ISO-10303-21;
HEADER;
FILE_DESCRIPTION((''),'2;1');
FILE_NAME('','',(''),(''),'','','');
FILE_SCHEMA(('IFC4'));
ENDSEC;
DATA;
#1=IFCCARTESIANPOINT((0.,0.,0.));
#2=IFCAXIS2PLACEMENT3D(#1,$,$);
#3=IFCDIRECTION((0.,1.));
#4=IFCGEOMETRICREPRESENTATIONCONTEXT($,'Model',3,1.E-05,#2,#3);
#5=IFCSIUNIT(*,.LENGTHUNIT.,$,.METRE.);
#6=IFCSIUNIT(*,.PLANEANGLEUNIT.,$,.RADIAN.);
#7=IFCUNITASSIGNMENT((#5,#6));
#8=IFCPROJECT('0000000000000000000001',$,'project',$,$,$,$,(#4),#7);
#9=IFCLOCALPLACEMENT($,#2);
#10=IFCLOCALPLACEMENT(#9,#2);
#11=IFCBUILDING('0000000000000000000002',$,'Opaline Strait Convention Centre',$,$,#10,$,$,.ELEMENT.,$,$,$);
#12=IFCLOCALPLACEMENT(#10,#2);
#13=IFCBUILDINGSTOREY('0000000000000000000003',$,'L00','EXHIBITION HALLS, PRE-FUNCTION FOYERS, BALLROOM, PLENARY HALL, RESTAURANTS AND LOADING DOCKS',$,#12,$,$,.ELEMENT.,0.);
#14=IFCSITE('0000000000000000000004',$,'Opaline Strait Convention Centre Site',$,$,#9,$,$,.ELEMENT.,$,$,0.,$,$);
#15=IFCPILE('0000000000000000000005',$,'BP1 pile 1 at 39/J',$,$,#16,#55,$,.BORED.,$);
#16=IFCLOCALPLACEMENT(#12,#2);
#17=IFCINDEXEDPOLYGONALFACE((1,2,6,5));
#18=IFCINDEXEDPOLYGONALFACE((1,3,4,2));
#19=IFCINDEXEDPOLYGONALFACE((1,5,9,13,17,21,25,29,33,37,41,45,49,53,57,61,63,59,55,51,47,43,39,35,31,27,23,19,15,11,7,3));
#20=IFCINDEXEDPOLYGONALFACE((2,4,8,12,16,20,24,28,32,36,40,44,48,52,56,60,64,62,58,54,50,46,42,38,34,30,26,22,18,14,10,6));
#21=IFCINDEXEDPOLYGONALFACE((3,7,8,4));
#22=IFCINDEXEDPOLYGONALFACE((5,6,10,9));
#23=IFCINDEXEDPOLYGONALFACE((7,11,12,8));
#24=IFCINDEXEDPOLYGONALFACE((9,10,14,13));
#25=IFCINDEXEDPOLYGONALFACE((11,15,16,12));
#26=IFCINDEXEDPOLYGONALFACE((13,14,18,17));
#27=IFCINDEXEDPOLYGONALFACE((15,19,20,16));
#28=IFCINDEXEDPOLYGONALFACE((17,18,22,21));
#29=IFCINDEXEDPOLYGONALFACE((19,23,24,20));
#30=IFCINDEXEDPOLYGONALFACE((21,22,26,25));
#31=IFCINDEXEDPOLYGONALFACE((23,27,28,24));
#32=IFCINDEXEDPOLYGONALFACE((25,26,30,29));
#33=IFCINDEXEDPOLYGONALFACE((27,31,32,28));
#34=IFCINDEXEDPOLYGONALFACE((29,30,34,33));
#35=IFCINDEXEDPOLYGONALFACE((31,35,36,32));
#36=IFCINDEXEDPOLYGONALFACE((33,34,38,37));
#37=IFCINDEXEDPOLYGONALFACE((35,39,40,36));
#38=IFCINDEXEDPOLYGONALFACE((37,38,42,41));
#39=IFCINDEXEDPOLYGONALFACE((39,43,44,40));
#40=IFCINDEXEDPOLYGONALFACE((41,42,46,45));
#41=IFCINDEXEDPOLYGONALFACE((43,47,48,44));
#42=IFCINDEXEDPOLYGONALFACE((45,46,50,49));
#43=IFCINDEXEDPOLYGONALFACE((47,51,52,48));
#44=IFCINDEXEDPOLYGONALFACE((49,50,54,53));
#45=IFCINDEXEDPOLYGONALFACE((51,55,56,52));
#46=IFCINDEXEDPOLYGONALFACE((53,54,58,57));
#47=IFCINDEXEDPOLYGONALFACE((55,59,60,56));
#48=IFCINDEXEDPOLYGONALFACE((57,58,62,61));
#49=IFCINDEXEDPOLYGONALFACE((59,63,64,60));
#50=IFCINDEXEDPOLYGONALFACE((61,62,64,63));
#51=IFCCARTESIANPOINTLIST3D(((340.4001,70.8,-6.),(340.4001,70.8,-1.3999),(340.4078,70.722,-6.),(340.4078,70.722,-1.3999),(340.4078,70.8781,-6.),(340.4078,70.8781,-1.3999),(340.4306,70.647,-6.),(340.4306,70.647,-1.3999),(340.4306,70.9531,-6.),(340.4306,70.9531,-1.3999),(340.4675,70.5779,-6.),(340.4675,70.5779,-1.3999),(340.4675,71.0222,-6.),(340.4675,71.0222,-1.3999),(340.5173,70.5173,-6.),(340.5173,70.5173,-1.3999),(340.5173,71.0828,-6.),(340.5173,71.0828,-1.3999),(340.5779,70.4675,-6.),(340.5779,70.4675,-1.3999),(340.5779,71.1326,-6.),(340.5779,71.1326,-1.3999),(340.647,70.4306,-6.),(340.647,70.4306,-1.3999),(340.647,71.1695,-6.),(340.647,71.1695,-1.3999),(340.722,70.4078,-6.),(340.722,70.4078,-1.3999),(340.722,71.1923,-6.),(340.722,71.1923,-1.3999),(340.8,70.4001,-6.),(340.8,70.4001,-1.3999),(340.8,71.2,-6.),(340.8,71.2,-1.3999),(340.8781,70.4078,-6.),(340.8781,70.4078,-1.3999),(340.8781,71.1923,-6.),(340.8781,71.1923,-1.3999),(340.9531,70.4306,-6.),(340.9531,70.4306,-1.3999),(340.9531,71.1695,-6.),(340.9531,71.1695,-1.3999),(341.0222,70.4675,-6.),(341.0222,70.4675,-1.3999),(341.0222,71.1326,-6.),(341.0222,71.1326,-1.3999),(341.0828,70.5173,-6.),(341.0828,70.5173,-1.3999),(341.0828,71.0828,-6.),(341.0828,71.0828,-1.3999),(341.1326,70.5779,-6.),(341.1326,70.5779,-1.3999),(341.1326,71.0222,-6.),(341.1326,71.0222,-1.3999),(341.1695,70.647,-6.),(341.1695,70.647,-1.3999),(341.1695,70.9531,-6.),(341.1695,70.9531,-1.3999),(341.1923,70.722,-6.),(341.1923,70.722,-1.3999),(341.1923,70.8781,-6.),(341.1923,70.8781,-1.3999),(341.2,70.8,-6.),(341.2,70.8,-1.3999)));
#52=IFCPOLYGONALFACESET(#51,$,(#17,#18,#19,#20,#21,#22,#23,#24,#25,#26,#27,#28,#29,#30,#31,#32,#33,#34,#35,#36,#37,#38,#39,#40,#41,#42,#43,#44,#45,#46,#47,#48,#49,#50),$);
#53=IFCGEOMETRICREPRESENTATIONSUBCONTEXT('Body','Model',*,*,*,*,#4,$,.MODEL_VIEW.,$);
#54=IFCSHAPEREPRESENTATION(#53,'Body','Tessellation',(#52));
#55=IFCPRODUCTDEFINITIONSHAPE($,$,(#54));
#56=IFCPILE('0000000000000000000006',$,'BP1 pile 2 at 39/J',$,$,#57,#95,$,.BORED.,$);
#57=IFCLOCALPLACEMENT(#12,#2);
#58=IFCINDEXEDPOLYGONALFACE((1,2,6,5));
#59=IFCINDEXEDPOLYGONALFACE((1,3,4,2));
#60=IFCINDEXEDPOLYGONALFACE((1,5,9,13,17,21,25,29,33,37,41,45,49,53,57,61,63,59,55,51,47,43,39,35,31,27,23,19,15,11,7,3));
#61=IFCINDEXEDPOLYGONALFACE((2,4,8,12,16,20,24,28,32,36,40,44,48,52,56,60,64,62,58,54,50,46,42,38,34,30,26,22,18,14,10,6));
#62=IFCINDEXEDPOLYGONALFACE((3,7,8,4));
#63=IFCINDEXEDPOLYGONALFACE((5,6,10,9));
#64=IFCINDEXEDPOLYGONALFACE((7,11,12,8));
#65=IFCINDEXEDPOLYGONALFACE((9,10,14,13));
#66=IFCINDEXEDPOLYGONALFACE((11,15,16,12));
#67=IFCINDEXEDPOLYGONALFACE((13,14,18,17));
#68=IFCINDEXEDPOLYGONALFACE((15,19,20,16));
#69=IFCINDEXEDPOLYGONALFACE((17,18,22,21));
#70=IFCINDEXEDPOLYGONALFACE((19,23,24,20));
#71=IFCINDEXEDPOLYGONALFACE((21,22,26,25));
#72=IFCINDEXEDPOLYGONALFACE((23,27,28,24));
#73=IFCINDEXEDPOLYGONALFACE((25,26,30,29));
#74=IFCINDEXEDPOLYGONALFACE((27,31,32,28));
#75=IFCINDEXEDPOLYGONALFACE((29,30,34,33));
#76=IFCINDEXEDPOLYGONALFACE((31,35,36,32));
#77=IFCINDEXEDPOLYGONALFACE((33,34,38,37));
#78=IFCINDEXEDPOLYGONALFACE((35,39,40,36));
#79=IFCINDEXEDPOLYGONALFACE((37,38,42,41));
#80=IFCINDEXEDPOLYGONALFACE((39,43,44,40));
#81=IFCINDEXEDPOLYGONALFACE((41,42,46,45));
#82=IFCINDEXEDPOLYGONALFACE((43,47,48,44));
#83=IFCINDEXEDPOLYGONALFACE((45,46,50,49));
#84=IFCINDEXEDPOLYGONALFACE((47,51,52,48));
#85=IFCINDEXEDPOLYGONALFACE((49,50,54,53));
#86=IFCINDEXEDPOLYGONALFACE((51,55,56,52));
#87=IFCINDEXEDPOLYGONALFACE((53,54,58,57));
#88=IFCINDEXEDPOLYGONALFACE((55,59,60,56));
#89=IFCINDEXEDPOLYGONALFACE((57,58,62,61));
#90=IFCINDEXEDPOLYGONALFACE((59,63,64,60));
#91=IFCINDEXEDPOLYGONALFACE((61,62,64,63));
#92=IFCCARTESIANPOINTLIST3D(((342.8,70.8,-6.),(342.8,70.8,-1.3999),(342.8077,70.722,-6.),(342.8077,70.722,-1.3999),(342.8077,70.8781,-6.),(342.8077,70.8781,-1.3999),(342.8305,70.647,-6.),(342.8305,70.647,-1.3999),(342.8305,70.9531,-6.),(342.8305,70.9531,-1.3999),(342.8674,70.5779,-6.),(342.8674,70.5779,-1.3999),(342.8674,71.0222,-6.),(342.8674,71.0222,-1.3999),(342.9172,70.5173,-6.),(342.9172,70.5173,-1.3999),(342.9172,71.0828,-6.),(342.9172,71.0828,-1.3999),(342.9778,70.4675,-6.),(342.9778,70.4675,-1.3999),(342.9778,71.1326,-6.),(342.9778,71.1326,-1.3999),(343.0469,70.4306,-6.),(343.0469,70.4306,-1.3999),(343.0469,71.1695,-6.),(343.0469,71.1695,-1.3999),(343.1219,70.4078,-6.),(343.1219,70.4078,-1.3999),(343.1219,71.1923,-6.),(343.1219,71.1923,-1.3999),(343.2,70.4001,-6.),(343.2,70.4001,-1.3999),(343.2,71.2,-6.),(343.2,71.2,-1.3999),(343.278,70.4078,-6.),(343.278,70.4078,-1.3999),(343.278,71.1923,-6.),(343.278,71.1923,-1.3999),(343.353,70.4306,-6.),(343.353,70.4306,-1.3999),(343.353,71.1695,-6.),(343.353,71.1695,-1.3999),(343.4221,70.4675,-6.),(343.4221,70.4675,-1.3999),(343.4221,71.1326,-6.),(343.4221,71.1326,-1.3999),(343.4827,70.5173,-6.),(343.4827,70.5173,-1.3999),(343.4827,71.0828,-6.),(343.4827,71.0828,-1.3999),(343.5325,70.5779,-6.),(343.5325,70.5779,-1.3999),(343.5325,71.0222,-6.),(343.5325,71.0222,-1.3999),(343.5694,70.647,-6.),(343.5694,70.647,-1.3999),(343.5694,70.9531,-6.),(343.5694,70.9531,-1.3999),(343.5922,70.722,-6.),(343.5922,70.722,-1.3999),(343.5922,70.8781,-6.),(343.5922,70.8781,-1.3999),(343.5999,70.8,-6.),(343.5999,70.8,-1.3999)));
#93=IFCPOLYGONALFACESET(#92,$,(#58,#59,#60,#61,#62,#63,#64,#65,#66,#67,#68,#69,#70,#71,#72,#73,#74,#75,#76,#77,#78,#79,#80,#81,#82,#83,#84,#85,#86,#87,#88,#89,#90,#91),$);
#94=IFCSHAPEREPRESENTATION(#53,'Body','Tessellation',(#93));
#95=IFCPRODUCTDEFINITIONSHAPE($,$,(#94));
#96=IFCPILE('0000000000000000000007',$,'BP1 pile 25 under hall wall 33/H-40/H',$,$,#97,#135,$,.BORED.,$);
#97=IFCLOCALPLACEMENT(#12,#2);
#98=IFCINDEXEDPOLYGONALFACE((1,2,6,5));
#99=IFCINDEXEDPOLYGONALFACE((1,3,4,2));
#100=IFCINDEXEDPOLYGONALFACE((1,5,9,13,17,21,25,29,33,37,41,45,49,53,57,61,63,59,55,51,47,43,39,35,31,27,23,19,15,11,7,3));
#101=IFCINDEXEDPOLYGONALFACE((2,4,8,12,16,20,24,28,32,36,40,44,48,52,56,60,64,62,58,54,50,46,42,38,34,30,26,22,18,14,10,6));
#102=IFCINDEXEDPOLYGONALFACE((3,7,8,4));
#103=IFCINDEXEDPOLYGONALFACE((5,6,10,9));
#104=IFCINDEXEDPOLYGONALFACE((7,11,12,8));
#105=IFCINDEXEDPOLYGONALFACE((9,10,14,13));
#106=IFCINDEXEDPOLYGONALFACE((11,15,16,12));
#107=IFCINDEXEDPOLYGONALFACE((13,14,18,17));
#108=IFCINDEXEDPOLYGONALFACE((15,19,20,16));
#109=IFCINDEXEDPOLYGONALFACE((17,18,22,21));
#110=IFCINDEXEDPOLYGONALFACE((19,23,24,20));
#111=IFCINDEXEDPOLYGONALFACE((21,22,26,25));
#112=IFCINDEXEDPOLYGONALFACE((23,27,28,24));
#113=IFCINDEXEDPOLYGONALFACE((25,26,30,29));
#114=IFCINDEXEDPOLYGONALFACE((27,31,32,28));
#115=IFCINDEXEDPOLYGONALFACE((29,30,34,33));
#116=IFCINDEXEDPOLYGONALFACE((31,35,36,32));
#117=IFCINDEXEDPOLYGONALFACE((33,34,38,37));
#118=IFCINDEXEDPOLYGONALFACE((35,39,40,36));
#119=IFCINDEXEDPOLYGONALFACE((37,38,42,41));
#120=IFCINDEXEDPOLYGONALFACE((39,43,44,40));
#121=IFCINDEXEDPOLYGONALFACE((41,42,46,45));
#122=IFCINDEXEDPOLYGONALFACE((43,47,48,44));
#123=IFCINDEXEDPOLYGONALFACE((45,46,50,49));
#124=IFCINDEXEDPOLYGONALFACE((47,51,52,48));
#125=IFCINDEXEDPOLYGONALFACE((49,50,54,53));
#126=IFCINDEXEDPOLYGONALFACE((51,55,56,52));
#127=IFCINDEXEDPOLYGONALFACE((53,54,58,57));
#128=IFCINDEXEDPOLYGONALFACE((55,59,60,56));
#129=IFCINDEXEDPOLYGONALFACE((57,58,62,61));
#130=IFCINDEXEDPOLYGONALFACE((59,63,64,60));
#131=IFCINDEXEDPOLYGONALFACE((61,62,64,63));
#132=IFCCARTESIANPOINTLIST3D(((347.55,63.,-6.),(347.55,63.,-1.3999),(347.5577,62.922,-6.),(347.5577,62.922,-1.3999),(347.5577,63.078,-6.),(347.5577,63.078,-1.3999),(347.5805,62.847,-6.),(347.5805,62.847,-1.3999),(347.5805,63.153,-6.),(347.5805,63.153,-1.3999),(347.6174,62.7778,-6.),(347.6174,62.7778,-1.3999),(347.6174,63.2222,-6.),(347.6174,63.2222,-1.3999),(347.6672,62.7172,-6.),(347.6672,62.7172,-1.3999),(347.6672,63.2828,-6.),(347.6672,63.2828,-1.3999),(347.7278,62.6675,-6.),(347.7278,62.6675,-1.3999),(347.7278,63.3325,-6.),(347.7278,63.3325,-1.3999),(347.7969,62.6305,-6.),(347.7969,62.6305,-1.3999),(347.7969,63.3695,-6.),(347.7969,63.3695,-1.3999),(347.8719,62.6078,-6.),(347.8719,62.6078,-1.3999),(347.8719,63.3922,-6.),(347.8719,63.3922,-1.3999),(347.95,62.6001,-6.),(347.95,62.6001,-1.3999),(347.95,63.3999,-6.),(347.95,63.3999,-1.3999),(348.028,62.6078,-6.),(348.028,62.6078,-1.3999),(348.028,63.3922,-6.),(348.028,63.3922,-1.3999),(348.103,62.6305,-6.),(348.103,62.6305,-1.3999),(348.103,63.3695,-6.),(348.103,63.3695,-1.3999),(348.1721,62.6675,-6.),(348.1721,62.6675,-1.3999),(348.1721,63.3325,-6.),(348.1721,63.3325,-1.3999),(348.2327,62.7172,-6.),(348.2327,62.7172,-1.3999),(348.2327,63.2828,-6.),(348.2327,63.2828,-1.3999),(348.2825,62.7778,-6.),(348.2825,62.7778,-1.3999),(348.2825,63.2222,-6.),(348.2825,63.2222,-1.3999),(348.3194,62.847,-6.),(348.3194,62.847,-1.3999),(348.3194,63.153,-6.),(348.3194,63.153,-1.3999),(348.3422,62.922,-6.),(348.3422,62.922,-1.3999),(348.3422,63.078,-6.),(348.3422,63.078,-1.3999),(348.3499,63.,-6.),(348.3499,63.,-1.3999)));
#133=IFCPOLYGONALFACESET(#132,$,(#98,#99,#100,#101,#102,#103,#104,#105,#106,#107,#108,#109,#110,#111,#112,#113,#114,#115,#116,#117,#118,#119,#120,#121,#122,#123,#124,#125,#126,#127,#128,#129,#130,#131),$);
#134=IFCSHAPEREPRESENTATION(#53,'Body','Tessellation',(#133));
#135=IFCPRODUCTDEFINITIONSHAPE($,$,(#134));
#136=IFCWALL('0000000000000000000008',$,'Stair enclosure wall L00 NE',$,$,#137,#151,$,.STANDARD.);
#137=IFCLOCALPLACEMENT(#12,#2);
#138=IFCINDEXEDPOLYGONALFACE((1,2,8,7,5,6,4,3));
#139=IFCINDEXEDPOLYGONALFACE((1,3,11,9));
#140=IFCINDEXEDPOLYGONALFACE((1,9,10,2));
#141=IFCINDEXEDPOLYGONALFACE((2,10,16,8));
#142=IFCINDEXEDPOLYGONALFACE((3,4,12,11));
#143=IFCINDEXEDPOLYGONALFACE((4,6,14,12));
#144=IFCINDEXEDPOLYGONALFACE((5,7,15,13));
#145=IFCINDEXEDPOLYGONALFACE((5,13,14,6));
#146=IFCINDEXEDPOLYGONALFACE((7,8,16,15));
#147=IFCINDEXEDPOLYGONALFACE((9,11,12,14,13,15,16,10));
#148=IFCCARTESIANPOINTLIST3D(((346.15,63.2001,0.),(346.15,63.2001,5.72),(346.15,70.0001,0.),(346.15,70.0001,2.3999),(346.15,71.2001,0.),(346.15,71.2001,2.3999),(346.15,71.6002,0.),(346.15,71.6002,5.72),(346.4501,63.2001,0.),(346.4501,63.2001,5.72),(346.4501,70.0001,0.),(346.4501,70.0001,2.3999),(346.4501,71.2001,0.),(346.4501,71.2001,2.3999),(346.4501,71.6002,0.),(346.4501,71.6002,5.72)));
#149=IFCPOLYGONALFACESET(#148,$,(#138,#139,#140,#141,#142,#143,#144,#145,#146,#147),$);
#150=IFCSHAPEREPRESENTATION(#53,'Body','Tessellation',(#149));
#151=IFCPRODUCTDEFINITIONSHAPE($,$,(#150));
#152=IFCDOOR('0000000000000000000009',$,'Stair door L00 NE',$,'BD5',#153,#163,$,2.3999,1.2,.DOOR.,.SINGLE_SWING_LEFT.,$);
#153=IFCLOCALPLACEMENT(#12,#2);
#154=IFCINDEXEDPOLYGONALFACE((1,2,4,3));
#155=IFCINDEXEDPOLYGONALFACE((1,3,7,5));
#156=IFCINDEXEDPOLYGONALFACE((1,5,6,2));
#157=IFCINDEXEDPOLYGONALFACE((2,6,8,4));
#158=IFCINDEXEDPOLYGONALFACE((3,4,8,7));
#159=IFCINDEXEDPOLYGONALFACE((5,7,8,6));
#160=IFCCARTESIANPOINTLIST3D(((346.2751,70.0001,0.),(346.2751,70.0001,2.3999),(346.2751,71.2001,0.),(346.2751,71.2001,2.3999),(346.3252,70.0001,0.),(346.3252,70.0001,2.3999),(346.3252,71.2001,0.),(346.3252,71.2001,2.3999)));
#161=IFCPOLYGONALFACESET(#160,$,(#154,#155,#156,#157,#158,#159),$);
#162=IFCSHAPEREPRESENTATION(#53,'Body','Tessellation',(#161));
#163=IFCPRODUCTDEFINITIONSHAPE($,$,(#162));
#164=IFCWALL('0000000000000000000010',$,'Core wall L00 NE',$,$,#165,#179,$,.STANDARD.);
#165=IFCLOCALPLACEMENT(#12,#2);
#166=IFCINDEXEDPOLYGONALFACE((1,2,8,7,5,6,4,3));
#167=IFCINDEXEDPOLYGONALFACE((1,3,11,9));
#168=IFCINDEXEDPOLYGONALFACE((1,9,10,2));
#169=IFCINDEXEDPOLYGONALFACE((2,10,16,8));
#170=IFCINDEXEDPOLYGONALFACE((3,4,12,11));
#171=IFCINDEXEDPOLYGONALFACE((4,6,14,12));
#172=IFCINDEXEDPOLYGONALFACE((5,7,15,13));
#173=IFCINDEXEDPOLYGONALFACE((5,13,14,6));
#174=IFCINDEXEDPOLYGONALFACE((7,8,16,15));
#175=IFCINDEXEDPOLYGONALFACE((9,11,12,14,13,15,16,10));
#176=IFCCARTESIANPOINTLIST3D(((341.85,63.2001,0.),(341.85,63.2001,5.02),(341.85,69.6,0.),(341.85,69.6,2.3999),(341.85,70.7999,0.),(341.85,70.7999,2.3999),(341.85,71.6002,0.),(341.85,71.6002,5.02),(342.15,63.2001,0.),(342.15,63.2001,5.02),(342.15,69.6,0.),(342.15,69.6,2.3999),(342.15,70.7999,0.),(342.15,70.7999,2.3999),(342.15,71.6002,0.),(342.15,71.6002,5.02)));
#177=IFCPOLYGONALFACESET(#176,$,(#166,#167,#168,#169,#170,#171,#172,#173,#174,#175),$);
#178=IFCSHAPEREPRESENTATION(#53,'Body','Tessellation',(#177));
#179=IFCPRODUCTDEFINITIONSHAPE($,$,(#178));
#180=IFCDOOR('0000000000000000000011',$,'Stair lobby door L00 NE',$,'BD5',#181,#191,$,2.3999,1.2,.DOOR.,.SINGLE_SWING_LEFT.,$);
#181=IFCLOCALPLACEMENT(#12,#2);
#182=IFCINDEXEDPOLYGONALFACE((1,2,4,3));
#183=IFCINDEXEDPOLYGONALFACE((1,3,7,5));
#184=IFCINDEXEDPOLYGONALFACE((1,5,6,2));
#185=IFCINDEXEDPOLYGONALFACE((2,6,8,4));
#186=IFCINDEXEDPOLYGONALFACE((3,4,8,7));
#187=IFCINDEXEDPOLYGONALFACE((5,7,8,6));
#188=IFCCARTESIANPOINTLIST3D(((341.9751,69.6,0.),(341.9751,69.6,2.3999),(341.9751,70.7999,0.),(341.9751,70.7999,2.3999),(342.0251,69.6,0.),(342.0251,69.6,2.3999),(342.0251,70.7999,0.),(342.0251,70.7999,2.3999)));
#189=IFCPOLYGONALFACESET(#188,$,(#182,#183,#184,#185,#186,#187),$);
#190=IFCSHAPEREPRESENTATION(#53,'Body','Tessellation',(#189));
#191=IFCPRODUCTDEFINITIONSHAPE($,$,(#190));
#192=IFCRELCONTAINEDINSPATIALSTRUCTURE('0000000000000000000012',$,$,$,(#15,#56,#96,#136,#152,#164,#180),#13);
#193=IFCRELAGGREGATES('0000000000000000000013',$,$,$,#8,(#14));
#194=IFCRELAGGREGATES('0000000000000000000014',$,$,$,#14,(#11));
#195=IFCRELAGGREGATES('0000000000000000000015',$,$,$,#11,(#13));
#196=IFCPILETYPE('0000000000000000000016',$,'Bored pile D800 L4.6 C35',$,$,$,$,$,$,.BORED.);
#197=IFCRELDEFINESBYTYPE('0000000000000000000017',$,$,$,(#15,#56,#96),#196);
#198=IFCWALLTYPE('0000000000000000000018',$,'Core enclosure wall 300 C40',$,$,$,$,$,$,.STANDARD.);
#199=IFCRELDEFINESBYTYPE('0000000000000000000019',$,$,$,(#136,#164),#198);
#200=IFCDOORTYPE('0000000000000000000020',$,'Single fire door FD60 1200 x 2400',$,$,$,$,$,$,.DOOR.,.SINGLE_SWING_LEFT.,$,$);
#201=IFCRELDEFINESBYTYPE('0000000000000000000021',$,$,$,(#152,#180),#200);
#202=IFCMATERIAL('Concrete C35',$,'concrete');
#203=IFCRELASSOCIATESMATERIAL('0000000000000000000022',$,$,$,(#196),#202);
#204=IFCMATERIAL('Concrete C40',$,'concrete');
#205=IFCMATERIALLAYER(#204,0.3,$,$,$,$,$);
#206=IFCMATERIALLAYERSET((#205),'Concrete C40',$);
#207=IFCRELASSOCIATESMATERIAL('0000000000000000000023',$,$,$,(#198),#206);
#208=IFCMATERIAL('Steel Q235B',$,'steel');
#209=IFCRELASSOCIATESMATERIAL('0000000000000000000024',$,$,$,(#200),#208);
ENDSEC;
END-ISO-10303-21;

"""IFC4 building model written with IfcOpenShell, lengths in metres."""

from ifc_helpers import new_model, si_unit, direction, frame, frame_2d, origin, origin_2d, place, context, subcontext, project, spatial, rectangle, circle, extrude, material, layer, layer_set, material_profile, profile_set, type_object, element, fill, save


model = new_model("IFC4")

# Units and contexts
model_context = context("Model", 3, precision=1e-05, world=origin(), true_north=direction((0.0, 1.0)))
body_context = subcontext(model_context, "Body", "Model", "MODEL_VIEW")
ifc_project = project(units=[si_unit("LENGTHUNIT", "METRE"), si_unit("PLANEANGLEUNIT", "RADIAN")], contexts=[model_context])

# Site, building, storey
site_placement = place(None, origin())
site = spatial("IfcSite", under=ifc_project, at=site_placement, Name="Opaline Strait Convention Centre Site", CompositionType="ELEMENT", RefElevation=0.0)
building_placement = place(site_placement, origin())
building = spatial("IfcBuilding", under=site, at=building_placement, Name="Opaline Strait Convention Centre", CompositionType="ELEMENT")
storey_placement = place(building_placement, origin())
storey = spatial("IfcBuildingStorey", under=building, at=storey_placement, Name="L00", Description="EXHIBITION HALLS, PRE-FUNCTION FOYERS, BALLROOM, PLENARY HALL, RESTAURANTS AND LOADING DOCKS", CompositionType="ELEMENT", Elevation=0.0)

# Piles
ifc_material_1 = material(Name="Concrete C35", Category="concrete")
ifc_material_profile = material_profile(ifc_material_1, circle(Radius=0.3999, at=origin_2d()), Name="D800")
ifc_profile_set = profile_set([ifc_material_profile], Name="Concrete C35")
pile_type = type_object("IfcPileType", Name="Bored pile D800 L4.6 C35", PredefinedType="BORED", material=ifc_profile_set)
for number, where, z_axis, x_axis, name in (
    (1, (340.8, 70.8, -1.3999), (0.0, 0.0, -1.0), (1.0, 0.0, 0.0), "BP1 pile 1 at 39/J"),
    (2, (343.2, 70.8, -1.3999), (0.0, 0.0, -1.0), (1.0, 0.0, 0.0), "BP1 pile 2 at 39/J"),
    (3, (347.95, 63.0, -1.3999), (0.0, 0.0, -1.0), (1.0, 0.0, 0.0), "BP1 pile 25 under hall wall 33/H-40/H"),
):
    element("IfcPile", number, at=place(storey_placement, frame(where, z_axis=z_axis, x_axis=x_axis)), inside=storey, type_object=pile_type, Name=name, PredefinedType="BORED", context=body_context, shape_type="SweptSolid", body=[
        extrude(circle(Radius=0.3999, at=origin_2d()), origin(), (0.0, 0.0, 1.0), 4.6001),
    ])

# Walls, openings, doors
ifc_material_2 = material(Name="Concrete C40", Category="concrete")
ifc_layer_1 = layer(ifc_material_2, 0.3)
ifc_layer_set_1 = layer_set([ifc_layer_1], Name="Concrete C40")
wall_type_1 = type_object("IfcWallType", Name="Core enclosure wall 300 C40", PredefinedType="STANDARD", material=ifc_layer_set_1)
wall_1_placement = place(storey_placement, frame((346.3, 63.2, 0.0), z_axis=(0.0, 0.0, 1.0), x_axis=(0.0, 1.0, 0.0)))
wall_1 = element("IfcWall", 4, at=wall_1_placement, inside=storey, type_object=wall_type_1, Name="Stair enclosure wall L00 NE", PredefinedType="STANDARD", context=body_context, shape_type="SweptSolid", body=[
    extrude(rectangle(XDim=8.4001, YDim=0.3, at=frame_2d((4.2002, 0.0))), origin(), (0.0, 0.0, 1.0), 5.72),
])
opening_1_placement = place(wall_1_placement, frame((6.8, 0.0, 0.0)))
opening_1 = element("IfcOpeningElement", 5, at=opening_1_placement, cuts=wall_1, PredefinedType="OPENING", context=body_context, shape_type="SweptSolid", body=[
    extrude(rectangle(XDim=1.2, YDim=2.3999, at=frame_2d((0.6001, 1.2))), frame((0.0, 0.1599, 0.0), z_axis=(0.0, -1.0, 0.0), x_axis=(1.0, 0.0, 0.0)), (0.0, 0.0, 1.0), 0.3201),
])
ifc_material_3 = material(Name="Steel Q235B", Category="steel")
door_type_1 = type_object("IfcDoorType", Name="Single fire door FD60 1200 x 2400", OperationType="SINGLE_SWING_LEFT", PredefinedType="DOOR", material=ifc_material_3)
door_1_placement = place(opening_1_placement, origin())
door_1 = element("IfcDoor", 6, at=door_1_placement, inside=storey, type_object=door_type_1, Name="Stair door L00 NE", ObjectType="BD5", OperationType="SINGLE_SWING_LEFT", OverallHeight=2.3999, OverallWidth=1.2, PredefinedType="DOOR", context=body_context, shape_type="SweptSolid", body=[
    extrude(rectangle(XDim=1.2, YDim=2.3999, at=frame_2d((0.6001, 1.2))), frame((0.0, 0.0249, 0.0), z_axis=(0.0, -1.0, 0.0), x_axis=(1.0, 0.0, 0.0)), (0.0, 0.0, 1.0), 0.05),
])
fill(opening_1, door_1)
wall_2_placement = place(storey_placement, frame((342.0, 63.2, 0.0), z_axis=(0.0, 0.0, 1.0), x_axis=(0.0, 1.0, 0.0)))
wall_2 = element("IfcWall", 7, at=wall_2_placement, inside=storey, type_object=wall_type_1, Name="Core wall L00 NE", PredefinedType="STANDARD", context=body_context, shape_type="SweptSolid", body=[
    extrude(rectangle(XDim=8.4001, YDim=0.3, at=frame_2d((4.2002, 0.0))), origin(), (0.0, 0.0, 1.0), 5.02),
])
opening_2_placement = place(wall_2_placement, frame((6.3999, 0.0, 0.0)))
opening_2 = element("IfcOpeningElement", 8, at=opening_2_placement, cuts=wall_2, PredefinedType="OPENING", context=body_context, shape_type="SweptSolid", body=[
    extrude(rectangle(XDim=1.2, YDim=2.3999, at=frame_2d((0.6001, 1.2))), frame((0.0, 0.1599, 0.0), z_axis=(0.0, -1.0, 0.0), x_axis=(1.0, 0.0, 0.0)), (0.0, 0.0, 1.0), 0.3201),
])
door_2_placement = place(opening_2_placement, origin())
door_2 = element("IfcDoor", 9, at=door_2_placement, inside=storey, type_object=door_type_1, Name="Stair lobby door L00 NE", ObjectType="BD5", OperationType="SINGLE_SWING_LEFT", OverallHeight=2.3999, OverallWidth=1.2, PredefinedType="DOOR", context=body_context, shape_type="SweptSolid", body=[
    extrude(rectangle(XDim=1.2, YDim=2.3999, at=frame_2d((0.6001, 1.2))), frame((0.0, 0.0249, 0.0), z_axis=(0.0, -1.0, 0.0), x_axis=(1.0, 0.0, 0.0)), (0.0, 0.0, 1.0), 0.05),
])
fill(opening_2, door_2)

save(model, "model.ifc")
